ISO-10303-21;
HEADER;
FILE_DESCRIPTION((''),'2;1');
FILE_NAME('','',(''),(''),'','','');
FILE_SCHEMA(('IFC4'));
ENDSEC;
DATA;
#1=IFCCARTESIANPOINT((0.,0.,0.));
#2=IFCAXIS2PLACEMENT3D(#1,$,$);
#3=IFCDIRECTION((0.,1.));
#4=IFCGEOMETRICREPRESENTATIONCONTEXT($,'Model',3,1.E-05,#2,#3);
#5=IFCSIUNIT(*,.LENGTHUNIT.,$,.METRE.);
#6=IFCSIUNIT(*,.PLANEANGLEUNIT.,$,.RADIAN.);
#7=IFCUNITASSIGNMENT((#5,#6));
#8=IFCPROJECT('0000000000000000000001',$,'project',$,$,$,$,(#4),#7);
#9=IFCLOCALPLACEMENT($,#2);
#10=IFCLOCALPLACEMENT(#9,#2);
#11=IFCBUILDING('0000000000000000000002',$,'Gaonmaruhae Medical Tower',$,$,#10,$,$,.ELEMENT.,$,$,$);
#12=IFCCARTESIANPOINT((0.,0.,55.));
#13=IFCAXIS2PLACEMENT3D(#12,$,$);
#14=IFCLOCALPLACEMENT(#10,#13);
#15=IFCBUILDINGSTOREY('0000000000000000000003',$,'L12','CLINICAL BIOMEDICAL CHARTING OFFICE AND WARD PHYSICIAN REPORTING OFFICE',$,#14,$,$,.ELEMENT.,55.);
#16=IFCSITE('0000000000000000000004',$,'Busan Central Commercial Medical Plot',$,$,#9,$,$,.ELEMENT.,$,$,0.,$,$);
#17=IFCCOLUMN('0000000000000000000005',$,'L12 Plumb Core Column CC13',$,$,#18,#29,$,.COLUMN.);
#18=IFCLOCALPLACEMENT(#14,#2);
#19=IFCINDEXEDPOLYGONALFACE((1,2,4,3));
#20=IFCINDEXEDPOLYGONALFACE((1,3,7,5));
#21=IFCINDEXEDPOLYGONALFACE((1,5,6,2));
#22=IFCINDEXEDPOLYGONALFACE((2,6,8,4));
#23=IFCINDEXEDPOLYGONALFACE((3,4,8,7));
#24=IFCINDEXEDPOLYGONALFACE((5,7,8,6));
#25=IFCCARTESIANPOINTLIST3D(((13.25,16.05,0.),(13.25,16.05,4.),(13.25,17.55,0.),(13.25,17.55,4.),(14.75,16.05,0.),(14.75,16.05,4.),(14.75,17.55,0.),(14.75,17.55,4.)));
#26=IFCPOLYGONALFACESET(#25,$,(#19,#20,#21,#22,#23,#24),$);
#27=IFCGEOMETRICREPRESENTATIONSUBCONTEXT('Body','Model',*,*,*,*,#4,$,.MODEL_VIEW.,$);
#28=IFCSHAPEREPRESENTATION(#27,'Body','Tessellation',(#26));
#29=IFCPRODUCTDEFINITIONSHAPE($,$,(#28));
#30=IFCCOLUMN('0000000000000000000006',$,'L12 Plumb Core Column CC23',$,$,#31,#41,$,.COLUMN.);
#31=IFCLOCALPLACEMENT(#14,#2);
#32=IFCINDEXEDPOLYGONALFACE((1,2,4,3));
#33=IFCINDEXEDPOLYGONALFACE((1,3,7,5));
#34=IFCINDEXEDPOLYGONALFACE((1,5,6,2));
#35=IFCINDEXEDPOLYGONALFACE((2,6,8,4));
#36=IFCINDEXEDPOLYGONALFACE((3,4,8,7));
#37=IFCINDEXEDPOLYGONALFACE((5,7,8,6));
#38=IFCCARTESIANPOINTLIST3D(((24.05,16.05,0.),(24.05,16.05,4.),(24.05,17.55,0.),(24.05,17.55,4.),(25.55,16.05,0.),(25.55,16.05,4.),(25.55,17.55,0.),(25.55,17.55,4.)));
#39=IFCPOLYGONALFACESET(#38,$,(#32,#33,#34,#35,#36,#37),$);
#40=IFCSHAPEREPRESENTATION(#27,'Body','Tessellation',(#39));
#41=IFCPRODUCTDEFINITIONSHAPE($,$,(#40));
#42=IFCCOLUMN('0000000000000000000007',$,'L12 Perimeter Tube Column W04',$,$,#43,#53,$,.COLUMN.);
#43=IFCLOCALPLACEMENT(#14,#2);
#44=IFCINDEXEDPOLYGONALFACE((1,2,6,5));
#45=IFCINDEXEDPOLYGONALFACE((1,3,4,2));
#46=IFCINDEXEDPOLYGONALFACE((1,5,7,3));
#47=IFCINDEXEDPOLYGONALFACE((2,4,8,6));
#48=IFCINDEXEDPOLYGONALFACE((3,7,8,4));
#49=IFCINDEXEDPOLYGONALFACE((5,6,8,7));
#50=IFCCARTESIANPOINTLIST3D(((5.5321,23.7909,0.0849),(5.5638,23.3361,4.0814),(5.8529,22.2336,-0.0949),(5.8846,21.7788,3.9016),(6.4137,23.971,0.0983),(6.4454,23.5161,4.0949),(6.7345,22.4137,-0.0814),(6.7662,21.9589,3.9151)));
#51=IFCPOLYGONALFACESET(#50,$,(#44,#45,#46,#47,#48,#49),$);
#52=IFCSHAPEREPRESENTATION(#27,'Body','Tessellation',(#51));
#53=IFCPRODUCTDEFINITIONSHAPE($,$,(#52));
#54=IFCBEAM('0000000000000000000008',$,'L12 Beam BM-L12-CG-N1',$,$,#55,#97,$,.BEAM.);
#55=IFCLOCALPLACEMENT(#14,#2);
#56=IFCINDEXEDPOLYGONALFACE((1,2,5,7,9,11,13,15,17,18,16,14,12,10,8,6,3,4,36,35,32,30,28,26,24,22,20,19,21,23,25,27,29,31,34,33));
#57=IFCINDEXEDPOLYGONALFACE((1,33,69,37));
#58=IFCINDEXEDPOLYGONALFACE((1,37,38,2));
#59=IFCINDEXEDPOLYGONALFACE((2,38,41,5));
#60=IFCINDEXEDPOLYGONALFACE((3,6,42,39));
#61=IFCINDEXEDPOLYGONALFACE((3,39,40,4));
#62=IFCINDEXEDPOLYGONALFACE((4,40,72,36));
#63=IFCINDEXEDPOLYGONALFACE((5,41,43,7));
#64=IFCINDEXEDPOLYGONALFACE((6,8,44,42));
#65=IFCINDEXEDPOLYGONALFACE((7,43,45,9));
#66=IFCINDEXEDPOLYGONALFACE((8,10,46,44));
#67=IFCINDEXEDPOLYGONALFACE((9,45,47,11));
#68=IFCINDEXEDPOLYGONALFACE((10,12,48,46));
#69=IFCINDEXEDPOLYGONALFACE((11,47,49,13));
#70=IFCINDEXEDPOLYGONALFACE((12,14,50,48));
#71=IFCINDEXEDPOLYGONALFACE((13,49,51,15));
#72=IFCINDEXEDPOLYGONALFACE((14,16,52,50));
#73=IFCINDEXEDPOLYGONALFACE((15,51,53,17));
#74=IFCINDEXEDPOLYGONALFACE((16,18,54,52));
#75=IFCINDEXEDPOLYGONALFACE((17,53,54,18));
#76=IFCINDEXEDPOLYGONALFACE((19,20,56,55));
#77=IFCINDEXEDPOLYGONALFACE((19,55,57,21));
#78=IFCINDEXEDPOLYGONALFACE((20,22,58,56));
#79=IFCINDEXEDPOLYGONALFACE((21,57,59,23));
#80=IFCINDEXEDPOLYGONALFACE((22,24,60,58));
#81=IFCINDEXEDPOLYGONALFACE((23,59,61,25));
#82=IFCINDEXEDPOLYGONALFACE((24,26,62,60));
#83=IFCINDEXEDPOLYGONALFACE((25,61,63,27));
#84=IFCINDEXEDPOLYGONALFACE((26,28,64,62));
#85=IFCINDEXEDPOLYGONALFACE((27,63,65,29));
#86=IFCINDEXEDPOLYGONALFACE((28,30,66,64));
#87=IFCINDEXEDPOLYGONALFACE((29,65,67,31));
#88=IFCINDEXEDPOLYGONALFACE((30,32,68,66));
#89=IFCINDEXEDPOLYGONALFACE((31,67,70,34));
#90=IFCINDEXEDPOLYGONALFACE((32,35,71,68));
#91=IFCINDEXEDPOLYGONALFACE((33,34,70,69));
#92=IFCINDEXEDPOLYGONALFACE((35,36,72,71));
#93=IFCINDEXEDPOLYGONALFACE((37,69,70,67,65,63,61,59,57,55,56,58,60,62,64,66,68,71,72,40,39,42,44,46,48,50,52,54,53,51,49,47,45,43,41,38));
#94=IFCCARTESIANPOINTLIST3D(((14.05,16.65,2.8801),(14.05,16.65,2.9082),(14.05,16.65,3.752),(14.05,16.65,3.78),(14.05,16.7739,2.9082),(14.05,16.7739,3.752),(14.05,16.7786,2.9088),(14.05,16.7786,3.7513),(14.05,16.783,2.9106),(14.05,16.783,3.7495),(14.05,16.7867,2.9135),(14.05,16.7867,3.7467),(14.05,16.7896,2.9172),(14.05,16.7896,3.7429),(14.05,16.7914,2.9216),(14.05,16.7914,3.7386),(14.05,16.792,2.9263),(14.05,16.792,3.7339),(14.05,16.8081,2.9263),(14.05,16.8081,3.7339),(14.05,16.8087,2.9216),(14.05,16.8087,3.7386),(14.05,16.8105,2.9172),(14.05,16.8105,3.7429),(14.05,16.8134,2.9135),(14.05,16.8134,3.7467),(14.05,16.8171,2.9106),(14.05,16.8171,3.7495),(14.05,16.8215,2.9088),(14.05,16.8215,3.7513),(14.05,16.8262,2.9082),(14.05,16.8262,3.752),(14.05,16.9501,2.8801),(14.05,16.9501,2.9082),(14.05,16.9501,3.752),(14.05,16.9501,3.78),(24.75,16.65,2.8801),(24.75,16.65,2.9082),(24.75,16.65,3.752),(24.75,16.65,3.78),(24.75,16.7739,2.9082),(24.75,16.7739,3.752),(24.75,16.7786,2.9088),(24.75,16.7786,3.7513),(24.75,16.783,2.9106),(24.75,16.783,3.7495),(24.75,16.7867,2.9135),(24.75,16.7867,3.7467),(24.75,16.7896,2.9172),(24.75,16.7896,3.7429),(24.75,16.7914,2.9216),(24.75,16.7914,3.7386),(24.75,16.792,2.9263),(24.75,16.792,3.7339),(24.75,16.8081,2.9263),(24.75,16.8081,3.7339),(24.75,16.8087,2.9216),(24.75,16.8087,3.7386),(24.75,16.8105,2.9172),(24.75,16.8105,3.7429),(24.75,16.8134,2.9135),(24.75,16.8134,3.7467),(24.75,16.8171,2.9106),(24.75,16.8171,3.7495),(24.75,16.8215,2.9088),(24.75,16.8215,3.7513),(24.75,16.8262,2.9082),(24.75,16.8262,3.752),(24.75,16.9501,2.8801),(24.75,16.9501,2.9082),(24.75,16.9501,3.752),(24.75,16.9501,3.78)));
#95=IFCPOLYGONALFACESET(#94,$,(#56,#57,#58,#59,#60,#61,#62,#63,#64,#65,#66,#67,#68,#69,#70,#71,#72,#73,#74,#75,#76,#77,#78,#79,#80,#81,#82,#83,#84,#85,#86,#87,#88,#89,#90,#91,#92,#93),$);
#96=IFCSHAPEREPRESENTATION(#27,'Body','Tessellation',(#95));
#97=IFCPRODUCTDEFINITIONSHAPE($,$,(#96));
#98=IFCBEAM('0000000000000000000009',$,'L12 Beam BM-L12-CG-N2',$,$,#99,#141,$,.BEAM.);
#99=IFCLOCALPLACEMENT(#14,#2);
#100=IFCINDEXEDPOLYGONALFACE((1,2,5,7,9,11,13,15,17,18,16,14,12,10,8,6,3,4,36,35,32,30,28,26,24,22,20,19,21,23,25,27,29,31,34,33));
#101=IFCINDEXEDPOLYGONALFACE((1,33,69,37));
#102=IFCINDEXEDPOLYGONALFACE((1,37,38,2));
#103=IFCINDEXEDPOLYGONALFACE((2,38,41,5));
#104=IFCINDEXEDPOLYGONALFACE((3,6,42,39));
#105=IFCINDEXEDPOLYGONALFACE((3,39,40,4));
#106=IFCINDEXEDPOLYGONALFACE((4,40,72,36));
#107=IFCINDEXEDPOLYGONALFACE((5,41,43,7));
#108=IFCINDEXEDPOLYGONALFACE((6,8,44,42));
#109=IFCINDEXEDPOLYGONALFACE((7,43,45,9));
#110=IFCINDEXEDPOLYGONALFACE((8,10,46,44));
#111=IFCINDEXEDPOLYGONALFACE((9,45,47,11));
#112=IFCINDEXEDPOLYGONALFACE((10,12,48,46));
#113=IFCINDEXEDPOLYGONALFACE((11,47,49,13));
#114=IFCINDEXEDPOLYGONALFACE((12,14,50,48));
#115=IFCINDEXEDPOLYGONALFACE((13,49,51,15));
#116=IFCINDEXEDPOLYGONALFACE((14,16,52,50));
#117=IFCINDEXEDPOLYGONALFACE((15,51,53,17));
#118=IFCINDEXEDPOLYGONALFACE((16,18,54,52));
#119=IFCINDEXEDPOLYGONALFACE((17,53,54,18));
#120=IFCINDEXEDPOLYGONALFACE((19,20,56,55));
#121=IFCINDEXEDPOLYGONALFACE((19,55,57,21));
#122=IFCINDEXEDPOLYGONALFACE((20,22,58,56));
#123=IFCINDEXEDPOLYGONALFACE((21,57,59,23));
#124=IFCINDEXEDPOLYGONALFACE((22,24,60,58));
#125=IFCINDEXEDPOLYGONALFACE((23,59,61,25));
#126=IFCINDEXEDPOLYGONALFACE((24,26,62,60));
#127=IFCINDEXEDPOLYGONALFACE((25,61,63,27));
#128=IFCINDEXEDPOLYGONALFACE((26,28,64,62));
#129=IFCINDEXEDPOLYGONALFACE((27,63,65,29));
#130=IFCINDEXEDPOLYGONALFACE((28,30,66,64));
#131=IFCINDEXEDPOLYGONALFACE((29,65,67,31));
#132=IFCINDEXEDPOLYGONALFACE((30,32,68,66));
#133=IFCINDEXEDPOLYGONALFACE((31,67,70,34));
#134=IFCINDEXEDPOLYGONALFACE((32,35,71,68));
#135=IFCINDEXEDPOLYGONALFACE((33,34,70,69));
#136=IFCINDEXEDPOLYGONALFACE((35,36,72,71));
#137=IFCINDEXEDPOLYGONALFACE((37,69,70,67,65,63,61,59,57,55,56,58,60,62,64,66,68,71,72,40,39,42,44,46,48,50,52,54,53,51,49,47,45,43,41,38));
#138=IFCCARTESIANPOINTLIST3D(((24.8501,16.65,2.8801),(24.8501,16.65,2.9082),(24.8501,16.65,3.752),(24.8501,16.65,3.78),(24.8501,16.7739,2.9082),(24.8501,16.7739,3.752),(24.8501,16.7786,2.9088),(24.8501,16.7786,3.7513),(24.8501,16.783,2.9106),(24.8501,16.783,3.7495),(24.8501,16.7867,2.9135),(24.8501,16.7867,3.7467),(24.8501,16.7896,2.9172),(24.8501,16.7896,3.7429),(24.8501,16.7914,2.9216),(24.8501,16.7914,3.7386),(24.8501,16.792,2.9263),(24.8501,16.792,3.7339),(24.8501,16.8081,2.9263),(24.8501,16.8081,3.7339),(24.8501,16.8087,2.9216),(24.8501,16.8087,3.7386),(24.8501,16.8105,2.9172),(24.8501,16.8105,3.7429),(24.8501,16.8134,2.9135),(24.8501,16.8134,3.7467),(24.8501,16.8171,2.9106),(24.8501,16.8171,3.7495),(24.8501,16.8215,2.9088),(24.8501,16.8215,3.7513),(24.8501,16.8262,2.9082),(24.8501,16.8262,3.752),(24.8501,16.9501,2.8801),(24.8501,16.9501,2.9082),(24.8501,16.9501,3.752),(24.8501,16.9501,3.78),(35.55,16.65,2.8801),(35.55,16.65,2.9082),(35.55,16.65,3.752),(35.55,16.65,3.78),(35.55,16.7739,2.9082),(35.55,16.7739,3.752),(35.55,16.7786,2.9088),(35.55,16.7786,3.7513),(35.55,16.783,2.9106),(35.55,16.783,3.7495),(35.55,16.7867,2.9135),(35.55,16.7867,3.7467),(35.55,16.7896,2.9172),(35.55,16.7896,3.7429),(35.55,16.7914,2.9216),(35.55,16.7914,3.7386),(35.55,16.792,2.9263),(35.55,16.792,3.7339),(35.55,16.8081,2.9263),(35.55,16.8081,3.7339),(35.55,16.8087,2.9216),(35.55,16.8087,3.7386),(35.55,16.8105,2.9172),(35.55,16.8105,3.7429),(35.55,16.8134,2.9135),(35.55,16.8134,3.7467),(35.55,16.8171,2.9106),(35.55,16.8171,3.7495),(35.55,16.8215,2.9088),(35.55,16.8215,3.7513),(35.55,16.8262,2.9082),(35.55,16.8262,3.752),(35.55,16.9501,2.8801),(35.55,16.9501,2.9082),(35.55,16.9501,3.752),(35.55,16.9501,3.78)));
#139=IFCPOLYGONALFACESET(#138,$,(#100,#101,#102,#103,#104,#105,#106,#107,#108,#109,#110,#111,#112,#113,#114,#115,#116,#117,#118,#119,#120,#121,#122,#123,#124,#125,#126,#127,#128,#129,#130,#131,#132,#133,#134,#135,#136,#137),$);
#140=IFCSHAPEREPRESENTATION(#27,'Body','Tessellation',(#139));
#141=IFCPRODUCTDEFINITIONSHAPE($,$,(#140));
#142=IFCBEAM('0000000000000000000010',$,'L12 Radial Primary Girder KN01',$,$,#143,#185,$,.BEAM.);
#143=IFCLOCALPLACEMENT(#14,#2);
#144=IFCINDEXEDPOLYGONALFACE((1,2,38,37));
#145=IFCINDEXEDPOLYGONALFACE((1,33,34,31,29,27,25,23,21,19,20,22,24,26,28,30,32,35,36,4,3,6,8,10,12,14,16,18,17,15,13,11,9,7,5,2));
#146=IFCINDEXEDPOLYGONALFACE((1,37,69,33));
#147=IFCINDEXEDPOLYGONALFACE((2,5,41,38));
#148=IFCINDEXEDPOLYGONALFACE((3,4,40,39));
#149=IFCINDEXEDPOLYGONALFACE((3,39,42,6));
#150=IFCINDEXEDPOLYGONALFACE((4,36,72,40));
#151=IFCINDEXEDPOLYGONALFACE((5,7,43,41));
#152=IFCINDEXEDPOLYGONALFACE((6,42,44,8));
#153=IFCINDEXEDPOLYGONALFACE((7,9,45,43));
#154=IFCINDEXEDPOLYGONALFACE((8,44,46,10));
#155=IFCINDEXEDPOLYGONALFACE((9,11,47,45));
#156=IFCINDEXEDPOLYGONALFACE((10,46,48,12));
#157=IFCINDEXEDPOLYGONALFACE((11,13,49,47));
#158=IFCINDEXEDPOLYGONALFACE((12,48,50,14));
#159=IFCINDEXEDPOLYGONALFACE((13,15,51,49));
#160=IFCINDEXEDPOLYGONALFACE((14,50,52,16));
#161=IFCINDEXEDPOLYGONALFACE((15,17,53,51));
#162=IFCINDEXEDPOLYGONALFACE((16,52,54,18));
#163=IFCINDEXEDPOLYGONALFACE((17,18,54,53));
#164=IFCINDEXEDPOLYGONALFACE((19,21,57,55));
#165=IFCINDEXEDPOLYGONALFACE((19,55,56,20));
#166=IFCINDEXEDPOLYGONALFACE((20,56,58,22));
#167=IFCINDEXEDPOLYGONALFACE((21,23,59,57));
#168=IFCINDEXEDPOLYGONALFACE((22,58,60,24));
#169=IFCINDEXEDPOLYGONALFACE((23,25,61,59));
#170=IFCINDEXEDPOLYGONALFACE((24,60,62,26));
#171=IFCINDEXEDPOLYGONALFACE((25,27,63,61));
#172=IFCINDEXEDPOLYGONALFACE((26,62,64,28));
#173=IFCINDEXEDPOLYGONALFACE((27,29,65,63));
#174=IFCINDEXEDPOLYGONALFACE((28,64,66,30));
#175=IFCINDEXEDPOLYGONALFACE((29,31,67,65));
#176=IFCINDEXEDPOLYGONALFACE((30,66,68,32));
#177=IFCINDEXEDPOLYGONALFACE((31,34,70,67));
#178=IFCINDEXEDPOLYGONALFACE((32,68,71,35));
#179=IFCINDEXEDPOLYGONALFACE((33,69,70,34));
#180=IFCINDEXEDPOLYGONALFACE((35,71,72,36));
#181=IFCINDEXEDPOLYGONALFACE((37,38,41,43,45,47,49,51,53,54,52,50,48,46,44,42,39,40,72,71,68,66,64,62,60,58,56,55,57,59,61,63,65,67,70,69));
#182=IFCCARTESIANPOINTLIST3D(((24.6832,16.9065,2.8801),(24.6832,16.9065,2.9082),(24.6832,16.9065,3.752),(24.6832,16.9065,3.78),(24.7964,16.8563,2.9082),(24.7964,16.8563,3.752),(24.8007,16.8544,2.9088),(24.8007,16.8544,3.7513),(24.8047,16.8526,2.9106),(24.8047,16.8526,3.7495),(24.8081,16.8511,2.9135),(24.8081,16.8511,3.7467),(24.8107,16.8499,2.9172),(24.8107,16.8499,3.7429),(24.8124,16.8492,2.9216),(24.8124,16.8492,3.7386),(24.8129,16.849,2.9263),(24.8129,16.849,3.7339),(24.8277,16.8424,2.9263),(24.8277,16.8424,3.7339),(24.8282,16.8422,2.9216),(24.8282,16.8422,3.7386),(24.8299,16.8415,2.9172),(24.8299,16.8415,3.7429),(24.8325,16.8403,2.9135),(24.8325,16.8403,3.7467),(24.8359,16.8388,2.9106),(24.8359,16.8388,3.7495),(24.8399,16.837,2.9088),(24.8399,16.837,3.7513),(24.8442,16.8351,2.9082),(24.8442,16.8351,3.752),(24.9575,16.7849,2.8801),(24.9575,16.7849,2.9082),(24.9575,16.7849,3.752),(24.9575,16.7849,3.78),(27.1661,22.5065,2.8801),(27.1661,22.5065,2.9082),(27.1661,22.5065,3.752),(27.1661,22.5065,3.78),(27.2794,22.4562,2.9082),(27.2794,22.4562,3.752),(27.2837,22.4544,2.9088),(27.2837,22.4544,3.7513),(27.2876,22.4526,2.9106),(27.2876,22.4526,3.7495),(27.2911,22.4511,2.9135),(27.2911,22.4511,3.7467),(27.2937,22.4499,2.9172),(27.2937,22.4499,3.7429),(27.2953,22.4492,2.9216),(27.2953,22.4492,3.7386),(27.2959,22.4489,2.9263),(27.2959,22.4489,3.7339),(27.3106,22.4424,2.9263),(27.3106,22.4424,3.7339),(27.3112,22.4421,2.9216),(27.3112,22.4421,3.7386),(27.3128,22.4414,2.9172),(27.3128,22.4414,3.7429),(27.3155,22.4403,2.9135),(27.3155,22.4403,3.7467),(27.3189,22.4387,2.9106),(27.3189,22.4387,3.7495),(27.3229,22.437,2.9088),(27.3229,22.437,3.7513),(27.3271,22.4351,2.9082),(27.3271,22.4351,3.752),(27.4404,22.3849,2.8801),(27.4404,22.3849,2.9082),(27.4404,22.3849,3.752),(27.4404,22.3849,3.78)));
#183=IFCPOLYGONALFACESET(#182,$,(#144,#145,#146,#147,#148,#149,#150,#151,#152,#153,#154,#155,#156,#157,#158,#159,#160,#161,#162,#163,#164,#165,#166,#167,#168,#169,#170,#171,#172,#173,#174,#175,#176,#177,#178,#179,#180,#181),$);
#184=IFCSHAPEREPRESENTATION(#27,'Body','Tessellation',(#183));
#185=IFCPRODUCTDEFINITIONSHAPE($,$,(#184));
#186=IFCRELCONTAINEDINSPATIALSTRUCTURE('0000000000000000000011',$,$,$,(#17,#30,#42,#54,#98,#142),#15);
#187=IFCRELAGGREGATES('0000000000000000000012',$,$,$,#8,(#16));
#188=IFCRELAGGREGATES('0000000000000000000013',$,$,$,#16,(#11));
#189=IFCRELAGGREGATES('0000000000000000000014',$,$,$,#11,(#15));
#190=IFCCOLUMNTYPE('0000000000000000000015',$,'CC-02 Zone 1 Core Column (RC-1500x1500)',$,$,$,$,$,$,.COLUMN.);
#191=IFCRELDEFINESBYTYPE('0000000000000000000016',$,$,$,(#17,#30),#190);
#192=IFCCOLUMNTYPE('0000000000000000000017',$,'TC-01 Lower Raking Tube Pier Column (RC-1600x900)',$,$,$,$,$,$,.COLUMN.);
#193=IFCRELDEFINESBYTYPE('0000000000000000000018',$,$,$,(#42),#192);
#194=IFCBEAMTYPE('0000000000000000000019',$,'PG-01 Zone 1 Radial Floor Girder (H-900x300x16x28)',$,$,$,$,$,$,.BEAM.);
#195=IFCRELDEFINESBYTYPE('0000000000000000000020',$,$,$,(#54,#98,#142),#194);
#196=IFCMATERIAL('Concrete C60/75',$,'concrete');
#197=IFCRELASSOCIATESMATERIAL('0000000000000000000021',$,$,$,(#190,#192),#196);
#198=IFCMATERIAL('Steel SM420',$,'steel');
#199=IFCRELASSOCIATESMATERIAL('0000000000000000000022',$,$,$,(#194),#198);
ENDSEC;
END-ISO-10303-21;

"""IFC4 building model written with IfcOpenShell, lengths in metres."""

from ifc_helpers import new_model, si_unit, direction, frame, origin, origin_2d, place, context, subcontext, project, spatial, rectangle, i_section, extrude, material, material_profile, profile_set, type_object, element, save


model = new_model("IFC4")

# Units and contexts
model_context = context("Model", 3, precision=1e-05, world=origin(), true_north=direction((0.0, 1.0)))
body_context = subcontext(model_context, "Body", "Model", "MODEL_VIEW")
ifc_project = project(units=[si_unit("LENGTHUNIT", "METRE"), si_unit("PLANEANGLEUNIT", "RADIAN")], contexts=[model_context])

# Site, building, storey
site_placement = place(None, origin())
site = spatial("IfcSite", under=ifc_project, at=site_placement, Name="Busan Central Commercial Medical Plot", CompositionType="ELEMENT", RefElevation=0.0)
building_placement = place(site_placement, origin())
building = spatial("IfcBuilding", under=site, at=building_placement, Name="Gaonmaruhae Medical Tower", CompositionType="ELEMENT")
storey_placement = place(building_placement, frame((0.0, 0.0, 55.0)))
storey = spatial("IfcBuildingStorey", under=building, at=storey_placement, Name="L12", Description="CLINICAL BIOMEDICAL CHARTING OFFICE AND WARD PHYSICIAN REPORTING OFFICE", CompositionType="ELEMENT", Elevation=55.0)

# Columns
ifc_material_1 = material(Name="Concrete C60/75", Category="concrete")
ifc_material_profile_1 = material_profile(ifc_material_1, rectangle(XDim=1.5, YDim=1.5, at=origin_2d()), Name="RC-1500x1500")
ifc_profile_set_1 = profile_set([ifc_material_profile_1], Name="Concrete C60/75")
column_type_1 = type_object("IfcColumnType", Name="CC-02 Zone 1 Core Column (RC-1500x1500)", PredefinedType="COLUMN", material=ifc_profile_set_1)
for number, where, z_axis, x_axis, name in (
    (1, (14.0, 16.8, 0.0), (0.0, 0.0, 1.0), (1.0, 0.0, 0.0), "L12 Plumb Core Column CC13"),
    (2, (24.8, 16.8, 0.0), (0.0, 0.0, 1.0), (1.0, 0.0, 0.0), "L12 Plumb Core Column CC23"),
):
    element("IfcColumn", number, at=place(storey_placement, frame(where, z_axis=z_axis, x_axis=x_axis)), inside=storey, type_object=column_type_1, Name=name, PredefinedType="COLUMN", context=body_context, shape_type="SweptSolid", body=[
        extrude(rectangle(XDim=1.5, YDim=1.5, at=origin_2d()), origin(), (0.0, 0.0, 1.0), 4.0),
    ])
ifc_material_profile_2 = material_profile(ifc_material_1, rectangle(XDim=1.6001, YDim=0.8999, at=origin_2d()), Name="RC-1600x900")
ifc_profile_set_2 = profile_set([ifc_material_profile_2], Name="Concrete C60/75")
column_type_2 = type_object("IfcColumnType", Name="TC-01 Lower Raking Tube Pier Column (RC-1600x900)", PredefinedType="COLUMN", material=ifc_profile_set_2)
column_placement = place(storey_placement, frame((6.1333, 23.1023, 0.0017), z_axis=(0.00789, -0.113072, 0.993555), x_axis=(-0.20049, 0.973232, 0.112352)))
element("IfcColumn", 3, at=column_placement, inside=storey, type_object=column_type_2, Name="L12 Perimeter Tube Column W04", PredefinedType="COLUMN", context=body_context, shape_type="SweptSolid", body=[
    extrude(rectangle(XDim=1.6001, YDim=0.8999, at=origin_2d()), origin(), (0.0, 0.0, 1.0), 4.0225),
])

# Beams
ifc_material_2 = material(Name="Steel SM420", Category="steel")
ifc_material_profile_3 = material_profile(ifc_material_2, i_section(OverallWidth=0.3, OverallDepth=0.8999, WebThickness=0.0161, FlangeThickness=0.0281, FilletRadius=0.0181, at=origin_2d()), Name="H-900x300x16x28")
ifc_profile_set_3 = profile_set([ifc_material_profile_3], Name="Steel SM420")
beam_type_1 = type_object("IfcBeamType", Name="PG-01 Zone 1 Radial Floor Girder (H-900x300x16x28)", PredefinedType="BEAM", material=ifc_profile_set_3)
for number, where, z_axis, x_axis, name in (
    (4, (14.05, 16.8, 3.3301), (1.0, 0.0, 0.0), (0.0, 1.0, 0.0), "L12 Beam BM-L12-CG-N1"),
    (5, (24.8501, 16.8, 3.3301), (1.0, 0.0, 0.0), (0.0, 1.0, 0.0), "L12 Beam BM-L12-CG-N2"),
):
    element("IfcBeam", number, at=place(storey_placement, frame(where, z_axis=z_axis, x_axis=x_axis)), inside=storey, type_object=beam_type_1, Name=name, PredefinedType="BEAM", context=body_context, shape_type="SweptSolid", body=[
        extrude(i_section(OverallWidth=0.3, OverallDepth=0.8999, WebThickness=0.0161, FlangeThickness=0.0281, FilletRadius=0.0181, at=origin_2d()), origin(), (0.0, 0.0, 1.0), 10.7),
    ])
beam_1_placement = place(storey_placement, frame((24.8203, 16.8457, 3.3301), z_axis=(0.405332, 0.914169, 0.0), x_axis=(-0.914169, 0.405332, 0.0)))
element("IfcBeam", 6, at=beam_1_placement, inside=storey, type_object=beam_type_1, Name="L12 Radial Primary Girder KN01", PredefinedType="BEAM", context=body_context, shape_type="SweptSolid", body=[
    extrude(i_section(OverallWidth=0.3, OverallDepth=0.8999, WebThickness=0.0161, FlangeThickness=0.0281, FilletRadius=0.0181, at=origin_2d()), origin(), (0.0, 0.0, 1.0), 6.1257),
])

save(model, "model.ifc")
